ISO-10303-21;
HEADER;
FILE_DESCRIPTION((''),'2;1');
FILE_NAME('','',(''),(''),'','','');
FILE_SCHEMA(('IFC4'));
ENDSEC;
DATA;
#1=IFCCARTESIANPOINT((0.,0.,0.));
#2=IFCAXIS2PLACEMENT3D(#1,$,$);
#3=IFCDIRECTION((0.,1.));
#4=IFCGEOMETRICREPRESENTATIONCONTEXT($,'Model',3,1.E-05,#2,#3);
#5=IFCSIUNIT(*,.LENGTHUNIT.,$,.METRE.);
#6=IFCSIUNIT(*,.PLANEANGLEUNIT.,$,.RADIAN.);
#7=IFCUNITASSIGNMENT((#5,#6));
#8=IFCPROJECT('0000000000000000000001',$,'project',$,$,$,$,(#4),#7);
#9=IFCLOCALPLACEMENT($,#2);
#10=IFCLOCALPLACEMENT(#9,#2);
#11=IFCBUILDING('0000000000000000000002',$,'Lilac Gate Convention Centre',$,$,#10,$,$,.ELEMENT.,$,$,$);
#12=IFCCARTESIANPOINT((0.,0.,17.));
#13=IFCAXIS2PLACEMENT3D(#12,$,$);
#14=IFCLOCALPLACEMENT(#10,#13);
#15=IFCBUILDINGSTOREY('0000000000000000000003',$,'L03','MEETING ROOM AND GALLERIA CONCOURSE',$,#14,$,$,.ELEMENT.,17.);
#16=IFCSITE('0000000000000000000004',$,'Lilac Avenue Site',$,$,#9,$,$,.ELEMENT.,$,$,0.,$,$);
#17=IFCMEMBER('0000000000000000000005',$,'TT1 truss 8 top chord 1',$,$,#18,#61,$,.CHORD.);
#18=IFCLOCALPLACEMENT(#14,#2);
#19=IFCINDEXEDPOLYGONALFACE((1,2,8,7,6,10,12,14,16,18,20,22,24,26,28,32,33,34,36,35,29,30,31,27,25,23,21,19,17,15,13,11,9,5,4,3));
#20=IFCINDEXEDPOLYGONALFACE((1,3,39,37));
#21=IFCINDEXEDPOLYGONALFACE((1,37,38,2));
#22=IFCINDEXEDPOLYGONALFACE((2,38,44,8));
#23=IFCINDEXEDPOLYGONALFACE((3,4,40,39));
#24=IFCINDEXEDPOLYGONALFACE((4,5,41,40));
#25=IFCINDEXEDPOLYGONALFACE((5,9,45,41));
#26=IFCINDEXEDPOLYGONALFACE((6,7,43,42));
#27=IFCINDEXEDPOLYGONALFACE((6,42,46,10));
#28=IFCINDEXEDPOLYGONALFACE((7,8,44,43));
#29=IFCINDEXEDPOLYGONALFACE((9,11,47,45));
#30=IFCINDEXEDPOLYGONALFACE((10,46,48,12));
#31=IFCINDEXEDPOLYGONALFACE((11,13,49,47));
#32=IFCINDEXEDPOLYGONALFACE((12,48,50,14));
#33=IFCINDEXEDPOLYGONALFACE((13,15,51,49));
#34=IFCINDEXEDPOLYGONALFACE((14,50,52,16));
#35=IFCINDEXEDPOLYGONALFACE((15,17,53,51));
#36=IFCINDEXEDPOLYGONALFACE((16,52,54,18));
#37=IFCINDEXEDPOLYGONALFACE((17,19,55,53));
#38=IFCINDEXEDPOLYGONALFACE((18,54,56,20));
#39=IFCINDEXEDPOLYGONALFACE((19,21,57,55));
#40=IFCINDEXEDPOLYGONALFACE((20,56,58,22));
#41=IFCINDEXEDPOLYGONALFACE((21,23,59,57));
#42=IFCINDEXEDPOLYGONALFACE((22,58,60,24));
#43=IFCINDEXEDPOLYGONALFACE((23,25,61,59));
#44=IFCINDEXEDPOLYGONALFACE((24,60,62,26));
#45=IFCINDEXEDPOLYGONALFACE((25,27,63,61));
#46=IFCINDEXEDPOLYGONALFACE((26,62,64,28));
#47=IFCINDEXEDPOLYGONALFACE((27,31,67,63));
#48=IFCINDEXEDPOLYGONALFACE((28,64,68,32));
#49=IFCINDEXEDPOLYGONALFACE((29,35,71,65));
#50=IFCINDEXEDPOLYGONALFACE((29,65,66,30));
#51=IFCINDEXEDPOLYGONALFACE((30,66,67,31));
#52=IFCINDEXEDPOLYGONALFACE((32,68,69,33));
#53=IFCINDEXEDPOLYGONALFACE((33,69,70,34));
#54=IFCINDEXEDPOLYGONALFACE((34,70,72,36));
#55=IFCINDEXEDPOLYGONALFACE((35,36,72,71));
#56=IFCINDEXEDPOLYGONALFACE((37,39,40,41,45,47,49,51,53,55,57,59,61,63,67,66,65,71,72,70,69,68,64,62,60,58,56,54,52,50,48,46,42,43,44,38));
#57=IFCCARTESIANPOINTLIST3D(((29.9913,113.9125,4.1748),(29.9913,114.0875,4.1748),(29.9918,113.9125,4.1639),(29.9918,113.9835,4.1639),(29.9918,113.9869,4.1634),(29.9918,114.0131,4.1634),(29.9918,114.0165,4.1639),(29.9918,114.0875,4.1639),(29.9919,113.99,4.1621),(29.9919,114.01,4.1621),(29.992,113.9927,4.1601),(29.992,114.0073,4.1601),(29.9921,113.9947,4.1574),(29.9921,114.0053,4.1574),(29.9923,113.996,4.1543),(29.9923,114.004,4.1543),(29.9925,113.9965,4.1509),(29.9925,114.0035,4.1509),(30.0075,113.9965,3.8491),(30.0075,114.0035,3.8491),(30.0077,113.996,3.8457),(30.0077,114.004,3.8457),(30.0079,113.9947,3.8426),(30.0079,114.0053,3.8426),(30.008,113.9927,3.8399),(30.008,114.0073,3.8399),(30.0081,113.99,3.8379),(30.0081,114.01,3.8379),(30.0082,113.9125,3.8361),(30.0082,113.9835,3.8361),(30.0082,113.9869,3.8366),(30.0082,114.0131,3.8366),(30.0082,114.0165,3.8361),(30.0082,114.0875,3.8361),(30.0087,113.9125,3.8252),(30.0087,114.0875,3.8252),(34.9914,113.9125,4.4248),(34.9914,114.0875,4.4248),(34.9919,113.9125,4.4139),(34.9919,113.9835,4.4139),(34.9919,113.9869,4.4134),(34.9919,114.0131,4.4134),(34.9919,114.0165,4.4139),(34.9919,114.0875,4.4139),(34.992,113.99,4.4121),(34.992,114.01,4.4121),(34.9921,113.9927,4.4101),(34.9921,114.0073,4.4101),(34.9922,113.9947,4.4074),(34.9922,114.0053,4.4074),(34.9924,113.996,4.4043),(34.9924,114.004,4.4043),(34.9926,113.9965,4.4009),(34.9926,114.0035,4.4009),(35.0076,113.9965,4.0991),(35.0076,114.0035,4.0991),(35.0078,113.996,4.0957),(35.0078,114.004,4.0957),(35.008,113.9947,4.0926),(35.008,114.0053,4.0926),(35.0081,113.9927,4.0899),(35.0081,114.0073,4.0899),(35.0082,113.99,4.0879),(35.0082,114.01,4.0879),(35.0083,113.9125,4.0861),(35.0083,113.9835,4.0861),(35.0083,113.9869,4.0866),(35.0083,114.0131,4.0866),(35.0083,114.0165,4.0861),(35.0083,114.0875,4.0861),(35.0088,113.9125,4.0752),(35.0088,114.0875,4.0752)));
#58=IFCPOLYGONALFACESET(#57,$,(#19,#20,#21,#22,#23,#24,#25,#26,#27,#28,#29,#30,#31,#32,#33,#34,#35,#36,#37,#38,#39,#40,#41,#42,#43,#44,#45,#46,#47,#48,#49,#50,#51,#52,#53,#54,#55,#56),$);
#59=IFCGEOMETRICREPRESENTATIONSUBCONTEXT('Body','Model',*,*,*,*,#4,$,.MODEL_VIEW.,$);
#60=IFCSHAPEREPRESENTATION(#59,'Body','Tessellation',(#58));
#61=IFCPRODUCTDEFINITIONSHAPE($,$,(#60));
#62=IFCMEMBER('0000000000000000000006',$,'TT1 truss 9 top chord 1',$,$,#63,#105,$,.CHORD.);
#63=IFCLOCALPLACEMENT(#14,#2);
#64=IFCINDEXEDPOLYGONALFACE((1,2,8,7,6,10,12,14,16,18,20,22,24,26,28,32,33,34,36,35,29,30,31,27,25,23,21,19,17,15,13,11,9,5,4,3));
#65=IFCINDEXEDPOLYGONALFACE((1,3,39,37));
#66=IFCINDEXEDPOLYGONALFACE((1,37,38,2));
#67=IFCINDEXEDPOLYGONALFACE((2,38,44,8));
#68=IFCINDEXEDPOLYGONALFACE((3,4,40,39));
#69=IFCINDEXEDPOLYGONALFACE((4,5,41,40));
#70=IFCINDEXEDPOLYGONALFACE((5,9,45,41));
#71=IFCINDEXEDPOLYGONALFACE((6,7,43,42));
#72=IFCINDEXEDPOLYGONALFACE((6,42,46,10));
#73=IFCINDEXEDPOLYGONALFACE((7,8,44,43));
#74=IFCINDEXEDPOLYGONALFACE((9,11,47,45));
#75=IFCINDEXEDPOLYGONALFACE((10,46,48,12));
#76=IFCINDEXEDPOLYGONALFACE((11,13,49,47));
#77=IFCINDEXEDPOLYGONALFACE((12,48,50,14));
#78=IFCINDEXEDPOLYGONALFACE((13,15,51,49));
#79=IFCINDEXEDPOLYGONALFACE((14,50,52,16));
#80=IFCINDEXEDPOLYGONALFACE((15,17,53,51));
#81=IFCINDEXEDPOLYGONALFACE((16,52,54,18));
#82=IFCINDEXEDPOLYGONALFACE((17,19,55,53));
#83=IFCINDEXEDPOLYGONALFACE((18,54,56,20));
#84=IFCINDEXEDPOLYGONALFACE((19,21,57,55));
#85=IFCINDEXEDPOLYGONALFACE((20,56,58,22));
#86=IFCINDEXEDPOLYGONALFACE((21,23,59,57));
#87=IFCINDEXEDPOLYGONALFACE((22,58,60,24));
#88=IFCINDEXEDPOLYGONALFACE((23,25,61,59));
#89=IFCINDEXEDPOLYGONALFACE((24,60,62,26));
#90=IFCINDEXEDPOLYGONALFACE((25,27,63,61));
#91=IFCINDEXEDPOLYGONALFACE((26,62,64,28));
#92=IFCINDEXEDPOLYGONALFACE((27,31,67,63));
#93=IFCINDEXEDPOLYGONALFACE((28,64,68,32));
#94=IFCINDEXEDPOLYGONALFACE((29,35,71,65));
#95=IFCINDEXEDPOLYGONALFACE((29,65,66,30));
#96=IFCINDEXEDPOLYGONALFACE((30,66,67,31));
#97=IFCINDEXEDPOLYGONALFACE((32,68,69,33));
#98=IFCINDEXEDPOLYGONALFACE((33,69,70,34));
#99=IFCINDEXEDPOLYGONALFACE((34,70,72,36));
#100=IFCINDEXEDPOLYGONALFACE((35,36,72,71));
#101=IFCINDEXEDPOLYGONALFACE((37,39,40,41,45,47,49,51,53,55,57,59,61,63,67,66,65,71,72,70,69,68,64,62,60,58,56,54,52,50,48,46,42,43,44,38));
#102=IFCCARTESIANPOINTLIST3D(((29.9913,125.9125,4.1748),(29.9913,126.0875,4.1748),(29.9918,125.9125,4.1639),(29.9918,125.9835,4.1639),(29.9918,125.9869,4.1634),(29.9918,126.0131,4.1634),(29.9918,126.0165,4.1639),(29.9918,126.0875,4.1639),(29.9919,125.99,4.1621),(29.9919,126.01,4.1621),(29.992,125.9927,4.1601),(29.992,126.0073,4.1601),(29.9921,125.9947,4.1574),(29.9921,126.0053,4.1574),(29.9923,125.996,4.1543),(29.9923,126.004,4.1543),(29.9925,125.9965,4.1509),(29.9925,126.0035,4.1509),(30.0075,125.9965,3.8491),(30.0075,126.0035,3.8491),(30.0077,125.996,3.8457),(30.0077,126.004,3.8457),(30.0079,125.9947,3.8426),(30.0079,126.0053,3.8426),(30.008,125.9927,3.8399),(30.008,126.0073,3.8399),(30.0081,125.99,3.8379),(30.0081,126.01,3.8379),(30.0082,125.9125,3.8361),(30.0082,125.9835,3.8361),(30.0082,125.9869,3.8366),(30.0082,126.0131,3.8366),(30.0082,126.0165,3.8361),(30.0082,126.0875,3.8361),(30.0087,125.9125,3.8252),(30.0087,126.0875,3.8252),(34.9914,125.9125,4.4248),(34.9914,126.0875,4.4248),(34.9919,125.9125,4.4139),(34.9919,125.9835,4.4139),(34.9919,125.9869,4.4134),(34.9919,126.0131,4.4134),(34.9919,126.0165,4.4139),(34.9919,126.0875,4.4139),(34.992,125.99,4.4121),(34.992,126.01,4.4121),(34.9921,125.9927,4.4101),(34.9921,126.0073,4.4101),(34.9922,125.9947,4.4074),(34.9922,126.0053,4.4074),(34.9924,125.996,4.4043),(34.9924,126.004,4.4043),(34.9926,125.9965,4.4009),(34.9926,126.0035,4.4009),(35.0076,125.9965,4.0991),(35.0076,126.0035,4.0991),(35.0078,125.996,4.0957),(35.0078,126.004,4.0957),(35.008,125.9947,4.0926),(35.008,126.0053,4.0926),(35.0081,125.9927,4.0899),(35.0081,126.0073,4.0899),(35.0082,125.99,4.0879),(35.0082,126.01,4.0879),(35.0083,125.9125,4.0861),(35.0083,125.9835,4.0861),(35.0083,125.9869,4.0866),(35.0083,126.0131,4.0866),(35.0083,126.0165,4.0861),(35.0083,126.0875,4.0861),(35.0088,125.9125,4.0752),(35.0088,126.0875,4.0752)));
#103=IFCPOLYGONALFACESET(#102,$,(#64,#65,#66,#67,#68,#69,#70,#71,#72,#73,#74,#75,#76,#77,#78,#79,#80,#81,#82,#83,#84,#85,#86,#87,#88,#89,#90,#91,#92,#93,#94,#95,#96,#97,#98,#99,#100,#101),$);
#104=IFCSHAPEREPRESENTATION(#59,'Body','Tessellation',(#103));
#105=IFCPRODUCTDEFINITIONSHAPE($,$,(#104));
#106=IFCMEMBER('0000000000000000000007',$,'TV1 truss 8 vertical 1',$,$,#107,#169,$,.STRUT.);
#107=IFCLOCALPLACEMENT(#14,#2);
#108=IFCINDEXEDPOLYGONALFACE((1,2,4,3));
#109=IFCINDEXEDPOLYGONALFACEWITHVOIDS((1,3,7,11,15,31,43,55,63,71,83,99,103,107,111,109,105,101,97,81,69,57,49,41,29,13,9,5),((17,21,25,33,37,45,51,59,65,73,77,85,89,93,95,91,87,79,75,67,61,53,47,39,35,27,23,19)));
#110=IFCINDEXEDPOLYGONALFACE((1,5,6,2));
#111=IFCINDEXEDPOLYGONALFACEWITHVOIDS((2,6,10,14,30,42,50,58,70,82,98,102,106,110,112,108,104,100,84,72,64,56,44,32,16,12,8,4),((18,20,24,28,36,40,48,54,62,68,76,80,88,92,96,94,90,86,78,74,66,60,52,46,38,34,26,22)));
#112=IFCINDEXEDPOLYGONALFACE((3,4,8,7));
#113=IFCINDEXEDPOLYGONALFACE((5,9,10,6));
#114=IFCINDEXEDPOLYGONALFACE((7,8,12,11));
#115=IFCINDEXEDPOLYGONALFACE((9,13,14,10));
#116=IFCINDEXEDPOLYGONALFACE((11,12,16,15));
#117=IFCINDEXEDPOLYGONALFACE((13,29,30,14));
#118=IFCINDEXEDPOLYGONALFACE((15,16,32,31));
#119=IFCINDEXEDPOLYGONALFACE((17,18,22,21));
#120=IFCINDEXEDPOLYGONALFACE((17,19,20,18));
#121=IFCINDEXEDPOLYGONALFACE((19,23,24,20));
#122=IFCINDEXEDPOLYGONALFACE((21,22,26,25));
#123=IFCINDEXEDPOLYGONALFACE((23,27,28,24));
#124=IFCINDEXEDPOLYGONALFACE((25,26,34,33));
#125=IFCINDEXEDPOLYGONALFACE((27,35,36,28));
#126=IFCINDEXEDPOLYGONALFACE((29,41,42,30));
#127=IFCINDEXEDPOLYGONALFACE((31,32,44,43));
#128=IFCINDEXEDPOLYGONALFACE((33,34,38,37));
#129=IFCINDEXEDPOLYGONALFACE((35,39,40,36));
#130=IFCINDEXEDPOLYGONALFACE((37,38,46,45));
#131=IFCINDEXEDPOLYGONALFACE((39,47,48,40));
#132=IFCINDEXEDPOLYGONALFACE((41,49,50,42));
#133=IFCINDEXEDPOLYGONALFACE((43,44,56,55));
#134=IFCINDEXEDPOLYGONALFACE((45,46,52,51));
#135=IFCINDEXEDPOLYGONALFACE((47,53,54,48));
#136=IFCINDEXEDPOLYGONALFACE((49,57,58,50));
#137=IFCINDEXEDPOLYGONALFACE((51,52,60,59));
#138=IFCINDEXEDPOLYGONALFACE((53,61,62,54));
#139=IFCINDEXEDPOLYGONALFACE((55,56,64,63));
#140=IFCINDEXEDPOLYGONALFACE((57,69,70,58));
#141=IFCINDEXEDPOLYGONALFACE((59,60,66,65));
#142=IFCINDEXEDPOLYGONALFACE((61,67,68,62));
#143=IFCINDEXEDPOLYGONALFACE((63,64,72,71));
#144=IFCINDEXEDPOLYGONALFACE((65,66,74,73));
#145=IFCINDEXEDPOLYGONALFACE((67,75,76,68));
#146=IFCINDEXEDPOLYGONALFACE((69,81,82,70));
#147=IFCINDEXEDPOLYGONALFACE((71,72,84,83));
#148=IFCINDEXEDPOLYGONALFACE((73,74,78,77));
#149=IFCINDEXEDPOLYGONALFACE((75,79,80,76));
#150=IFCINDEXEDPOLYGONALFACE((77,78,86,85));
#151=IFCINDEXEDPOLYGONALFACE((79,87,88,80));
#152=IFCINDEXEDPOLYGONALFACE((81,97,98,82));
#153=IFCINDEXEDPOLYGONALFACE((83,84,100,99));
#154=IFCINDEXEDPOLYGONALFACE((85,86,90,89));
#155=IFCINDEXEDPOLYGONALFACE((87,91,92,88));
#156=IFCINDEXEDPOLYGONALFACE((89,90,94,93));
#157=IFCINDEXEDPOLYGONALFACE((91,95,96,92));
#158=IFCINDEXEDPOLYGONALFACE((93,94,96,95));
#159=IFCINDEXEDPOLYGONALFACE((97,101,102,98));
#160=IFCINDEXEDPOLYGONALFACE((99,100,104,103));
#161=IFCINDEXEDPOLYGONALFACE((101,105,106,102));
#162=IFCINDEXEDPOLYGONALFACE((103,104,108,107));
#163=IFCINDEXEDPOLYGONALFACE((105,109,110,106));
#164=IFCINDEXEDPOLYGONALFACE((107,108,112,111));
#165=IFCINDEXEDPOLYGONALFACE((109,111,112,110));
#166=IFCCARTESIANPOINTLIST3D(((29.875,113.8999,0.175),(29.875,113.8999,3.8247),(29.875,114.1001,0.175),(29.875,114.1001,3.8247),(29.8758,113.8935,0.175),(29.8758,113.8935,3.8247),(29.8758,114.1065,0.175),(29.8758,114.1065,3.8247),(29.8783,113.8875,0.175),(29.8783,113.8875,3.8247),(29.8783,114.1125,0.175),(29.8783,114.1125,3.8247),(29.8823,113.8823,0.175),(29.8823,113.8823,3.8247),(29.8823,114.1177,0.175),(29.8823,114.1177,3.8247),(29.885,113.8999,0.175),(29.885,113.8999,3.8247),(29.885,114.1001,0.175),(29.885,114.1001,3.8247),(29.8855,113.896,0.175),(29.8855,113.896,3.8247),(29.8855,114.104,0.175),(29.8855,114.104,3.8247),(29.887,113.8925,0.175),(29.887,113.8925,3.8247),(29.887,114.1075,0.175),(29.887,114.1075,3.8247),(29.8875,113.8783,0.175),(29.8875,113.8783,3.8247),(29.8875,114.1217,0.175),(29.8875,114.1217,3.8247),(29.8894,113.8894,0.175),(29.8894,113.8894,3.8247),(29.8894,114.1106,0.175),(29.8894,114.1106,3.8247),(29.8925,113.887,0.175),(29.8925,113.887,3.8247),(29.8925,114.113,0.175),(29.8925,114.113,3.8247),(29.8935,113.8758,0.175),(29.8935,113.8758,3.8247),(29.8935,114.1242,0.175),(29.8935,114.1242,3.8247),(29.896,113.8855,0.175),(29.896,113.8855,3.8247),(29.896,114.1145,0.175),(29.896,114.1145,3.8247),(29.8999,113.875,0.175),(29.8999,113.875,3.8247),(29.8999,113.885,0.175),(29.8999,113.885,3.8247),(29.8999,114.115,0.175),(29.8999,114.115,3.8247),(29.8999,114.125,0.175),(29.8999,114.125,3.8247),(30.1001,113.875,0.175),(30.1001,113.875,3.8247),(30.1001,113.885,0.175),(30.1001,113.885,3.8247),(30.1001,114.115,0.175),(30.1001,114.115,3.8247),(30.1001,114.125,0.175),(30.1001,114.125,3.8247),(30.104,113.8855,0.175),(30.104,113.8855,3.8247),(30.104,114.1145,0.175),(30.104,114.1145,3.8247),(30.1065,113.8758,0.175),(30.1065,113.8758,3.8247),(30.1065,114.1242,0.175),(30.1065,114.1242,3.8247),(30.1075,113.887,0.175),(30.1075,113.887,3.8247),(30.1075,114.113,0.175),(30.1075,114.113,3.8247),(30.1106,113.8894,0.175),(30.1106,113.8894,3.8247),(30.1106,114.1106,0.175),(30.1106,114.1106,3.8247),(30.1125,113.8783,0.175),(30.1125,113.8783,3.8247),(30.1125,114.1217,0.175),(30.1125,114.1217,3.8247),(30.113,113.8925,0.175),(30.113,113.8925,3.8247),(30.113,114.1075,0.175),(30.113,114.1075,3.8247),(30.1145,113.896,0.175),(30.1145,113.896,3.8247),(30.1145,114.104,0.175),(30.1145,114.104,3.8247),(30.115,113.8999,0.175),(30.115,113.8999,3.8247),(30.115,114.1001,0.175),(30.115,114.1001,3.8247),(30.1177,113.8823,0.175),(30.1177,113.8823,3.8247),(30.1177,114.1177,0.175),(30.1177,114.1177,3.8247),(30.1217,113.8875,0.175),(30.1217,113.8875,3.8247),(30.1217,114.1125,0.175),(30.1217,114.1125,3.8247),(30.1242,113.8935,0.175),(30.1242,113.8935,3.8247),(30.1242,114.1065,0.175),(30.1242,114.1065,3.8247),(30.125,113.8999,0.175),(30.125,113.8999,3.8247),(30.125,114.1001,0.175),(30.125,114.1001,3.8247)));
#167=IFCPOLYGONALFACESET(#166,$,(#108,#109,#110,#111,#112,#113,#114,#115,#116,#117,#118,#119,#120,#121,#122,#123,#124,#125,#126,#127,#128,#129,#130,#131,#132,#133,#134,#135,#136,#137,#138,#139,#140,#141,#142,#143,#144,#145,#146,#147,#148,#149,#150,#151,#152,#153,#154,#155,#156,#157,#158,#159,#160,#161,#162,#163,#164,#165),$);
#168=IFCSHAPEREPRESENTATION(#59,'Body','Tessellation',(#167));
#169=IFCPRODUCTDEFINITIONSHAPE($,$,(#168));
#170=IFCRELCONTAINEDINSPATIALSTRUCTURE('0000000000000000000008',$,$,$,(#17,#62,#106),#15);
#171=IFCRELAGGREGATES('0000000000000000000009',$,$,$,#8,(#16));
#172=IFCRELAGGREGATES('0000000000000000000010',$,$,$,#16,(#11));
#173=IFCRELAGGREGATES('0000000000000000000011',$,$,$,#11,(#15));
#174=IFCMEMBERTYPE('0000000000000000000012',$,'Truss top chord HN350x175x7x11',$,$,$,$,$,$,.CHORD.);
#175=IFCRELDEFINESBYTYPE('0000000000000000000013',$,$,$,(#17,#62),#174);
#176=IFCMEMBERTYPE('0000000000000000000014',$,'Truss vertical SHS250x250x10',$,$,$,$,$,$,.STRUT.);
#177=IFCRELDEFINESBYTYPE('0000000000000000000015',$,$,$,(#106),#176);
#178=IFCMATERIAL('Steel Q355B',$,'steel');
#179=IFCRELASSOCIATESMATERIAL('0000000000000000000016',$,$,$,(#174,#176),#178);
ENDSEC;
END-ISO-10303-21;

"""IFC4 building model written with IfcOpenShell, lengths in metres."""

from ifc_helpers import new_model, si_unit, direction, frame, origin, origin_2d, place, context, subcontext, project, spatial, hollow_rectangle, i_section, extrude, material, material_profile, profile_set, type_object, element, save


model = new_model("IFC4")

# Units and contexts
model_context = context("Model", 3, precision=1e-05, world=origin(), true_north=direction((0.0, 1.0)))
body_context = subcontext(model_context, "Body", "Model", "MODEL_VIEW")
ifc_project = project(units=[si_unit("LENGTHUNIT", "METRE"), si_unit("PLANEANGLEUNIT", "RADIAN")], contexts=[model_context])

# Site, building, storey
site_placement = place(None, origin())
site = spatial("IfcSite", under=ifc_project, at=site_placement, Name="Lilac Avenue Site", CompositionType="ELEMENT", RefElevation=0.0)
building_placement = place(site_placement, origin())
building = spatial("IfcBuilding", under=site, at=building_placement, Name="Lilac Gate Convention Centre", CompositionType="ELEMENT")
storey_placement = place(building_placement, frame((0.0, 0.0, 17.0)))
storey = spatial("IfcBuildingStorey", under=building, at=storey_placement, Name="L03", Description="MEETING ROOM AND GALLERIA CONCOURSE", CompositionType="ELEMENT", Elevation=17.0)

# Shared definitions
ifc_material_1 = material(Name="Steel Q355B", Category="steel")

# Members
ifc_material_profile_1 = material_profile(ifc_material_1, i_section(OverallWidth=0.175, OverallDepth=0.3501, WebThickness=0.0071, FlangeThickness=0.011, FilletRadius=0.0129, at=origin_2d()), Name="HN350x175x7x11")
ifc_profile_set_1 = profile_set([ifc_material_profile_1], Name="Steel Q355B")
member_type_1 = type_object("IfcMemberType", Name="Truss top chord HN350x175x7x11", PredefinedType="CHORD", material=ifc_profile_set_1)
for number, where, z_axis, x_axis, name in (
    (1, (30.0, 114.0, 4.0), (0.998752, 0.0, 0.049938), (0.0, 1.0, 0.0), "TT1 truss 8 top chord 1"),
    (2, (30.0, 126.0, 4.0), (0.998752, 0.0, 0.049938), (0.0, 1.0, 0.0), "TT1 truss 9 top chord 1"),
):
    element("IfcMember", number, at=place(storey_placement, frame(where, z_axis=z_axis, x_axis=x_axis)), inside=storey, type_object=member_type_1, Name=name, PredefinedType="CHORD", context=body_context, shape_type="SweptSolid", body=[
        extrude(i_section(OverallWidth=0.175, OverallDepth=0.3501, WebThickness=0.0071, FlangeThickness=0.011, FilletRadius=0.0129, at=origin_2d()), origin(), (0.0, 0.0, 1.0), 5.0063),
    ])
ifc_material_profile_2 = material_profile(ifc_material_1, hollow_rectangle(XDim=0.25, YDim=0.25, WallThickness=0.01, InnerFilletRadius=0.0149, OuterFilletRadius=0.0249, at=origin_2d()), Name="SHS250x250x10")
ifc_profile_set_2 = profile_set([ifc_material_profile_2], Name="Steel Q355B")
member_type_2 = type_object("IfcMemberType", Name="Truss vertical SHS250x250x10", PredefinedType="STRUT", material=ifc_profile_set_2)
for number, where, z_axis, x_axis, name in (
    (3, (30.0, 114.0, 0.175), (0.0, 0.0, 1.0), (1.0, 0.0, 0.0), "TV1 truss 8 vertical 1"),
):
    element("IfcMember", number, at=place(storey_placement, frame(where, z_axis=z_axis, x_axis=x_axis)), inside=storey, type_object=member_type_2, Name=name, PredefinedType="STRUT", context=body_context, shape_type="SweptSolid", body=[
        extrude(hollow_rectangle(XDim=0.25, YDim=0.25, WallThickness=0.01, InnerFilletRadius=0.0149, OuterFilletRadius=0.0249, at=origin_2d()), origin(), (0.0, 0.0, 1.0), 3.6497),
    ])

save(model, "model.ifc")
